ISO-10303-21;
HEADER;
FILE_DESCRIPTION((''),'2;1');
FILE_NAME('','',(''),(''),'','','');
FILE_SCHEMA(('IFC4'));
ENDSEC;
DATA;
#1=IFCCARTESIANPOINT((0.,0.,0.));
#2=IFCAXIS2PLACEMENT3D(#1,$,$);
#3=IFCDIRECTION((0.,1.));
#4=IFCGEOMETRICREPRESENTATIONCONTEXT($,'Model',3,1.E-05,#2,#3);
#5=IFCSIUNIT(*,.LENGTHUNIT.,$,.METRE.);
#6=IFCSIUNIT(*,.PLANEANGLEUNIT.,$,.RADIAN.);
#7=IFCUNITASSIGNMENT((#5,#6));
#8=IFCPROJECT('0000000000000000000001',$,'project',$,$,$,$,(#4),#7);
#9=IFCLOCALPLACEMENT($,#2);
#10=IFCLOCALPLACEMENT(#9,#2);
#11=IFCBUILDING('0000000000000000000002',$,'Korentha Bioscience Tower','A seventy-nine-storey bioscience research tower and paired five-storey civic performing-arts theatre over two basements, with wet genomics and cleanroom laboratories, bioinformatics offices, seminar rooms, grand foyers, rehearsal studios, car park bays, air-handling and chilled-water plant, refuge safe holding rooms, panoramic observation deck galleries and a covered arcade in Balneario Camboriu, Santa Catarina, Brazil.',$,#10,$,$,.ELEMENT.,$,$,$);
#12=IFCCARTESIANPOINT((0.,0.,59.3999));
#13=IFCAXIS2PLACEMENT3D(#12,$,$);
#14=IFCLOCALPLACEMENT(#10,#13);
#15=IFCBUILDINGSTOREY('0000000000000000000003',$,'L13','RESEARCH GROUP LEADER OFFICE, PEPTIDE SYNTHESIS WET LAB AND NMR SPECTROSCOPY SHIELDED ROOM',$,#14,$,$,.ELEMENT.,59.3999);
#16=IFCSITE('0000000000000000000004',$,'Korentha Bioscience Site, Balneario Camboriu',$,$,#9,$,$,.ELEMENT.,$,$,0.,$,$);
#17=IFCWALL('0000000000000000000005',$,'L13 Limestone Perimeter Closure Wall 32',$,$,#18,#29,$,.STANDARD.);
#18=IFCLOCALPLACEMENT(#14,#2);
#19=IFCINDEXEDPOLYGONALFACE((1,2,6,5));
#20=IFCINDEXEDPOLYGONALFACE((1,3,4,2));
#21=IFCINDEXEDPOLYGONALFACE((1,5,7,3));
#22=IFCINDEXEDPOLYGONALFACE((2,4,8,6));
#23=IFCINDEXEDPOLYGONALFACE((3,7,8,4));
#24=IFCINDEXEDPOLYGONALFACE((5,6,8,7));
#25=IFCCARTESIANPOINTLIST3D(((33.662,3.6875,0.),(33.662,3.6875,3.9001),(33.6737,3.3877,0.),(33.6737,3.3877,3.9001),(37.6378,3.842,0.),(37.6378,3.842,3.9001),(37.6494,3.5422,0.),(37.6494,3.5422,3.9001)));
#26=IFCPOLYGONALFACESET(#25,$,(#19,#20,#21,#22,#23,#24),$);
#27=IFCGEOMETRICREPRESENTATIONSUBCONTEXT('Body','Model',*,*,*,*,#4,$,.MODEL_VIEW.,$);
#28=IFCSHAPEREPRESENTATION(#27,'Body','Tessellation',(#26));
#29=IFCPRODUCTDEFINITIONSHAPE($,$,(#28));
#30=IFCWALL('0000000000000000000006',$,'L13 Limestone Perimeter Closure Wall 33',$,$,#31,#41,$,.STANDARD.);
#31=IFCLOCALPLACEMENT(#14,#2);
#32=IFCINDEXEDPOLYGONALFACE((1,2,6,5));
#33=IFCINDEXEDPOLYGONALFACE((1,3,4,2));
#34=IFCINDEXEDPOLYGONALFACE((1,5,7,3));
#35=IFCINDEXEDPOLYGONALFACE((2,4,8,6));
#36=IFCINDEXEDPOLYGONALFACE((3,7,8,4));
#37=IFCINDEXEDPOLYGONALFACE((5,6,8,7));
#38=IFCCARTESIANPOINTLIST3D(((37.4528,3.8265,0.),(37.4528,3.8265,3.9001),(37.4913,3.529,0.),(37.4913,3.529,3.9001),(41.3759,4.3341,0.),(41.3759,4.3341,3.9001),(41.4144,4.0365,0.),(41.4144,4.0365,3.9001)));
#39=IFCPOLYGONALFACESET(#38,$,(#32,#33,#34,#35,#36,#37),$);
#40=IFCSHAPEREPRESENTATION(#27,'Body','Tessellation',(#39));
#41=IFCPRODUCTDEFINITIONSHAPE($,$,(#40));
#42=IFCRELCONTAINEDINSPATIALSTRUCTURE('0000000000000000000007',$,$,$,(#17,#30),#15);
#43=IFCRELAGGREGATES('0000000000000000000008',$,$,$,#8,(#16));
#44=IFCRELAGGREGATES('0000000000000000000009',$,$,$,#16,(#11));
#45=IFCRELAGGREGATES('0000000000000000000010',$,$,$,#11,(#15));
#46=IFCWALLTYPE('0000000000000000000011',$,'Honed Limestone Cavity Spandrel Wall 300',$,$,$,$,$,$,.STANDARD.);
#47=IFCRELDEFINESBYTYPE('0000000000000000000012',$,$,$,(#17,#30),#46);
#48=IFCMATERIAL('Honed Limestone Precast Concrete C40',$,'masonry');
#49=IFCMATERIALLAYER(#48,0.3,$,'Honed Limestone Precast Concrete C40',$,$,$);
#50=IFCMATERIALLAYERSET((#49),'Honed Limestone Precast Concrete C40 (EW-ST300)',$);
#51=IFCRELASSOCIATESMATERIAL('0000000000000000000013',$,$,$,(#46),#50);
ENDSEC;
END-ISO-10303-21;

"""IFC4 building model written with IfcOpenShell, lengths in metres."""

from ifc_helpers import new_model, si_unit, direction, frame, frame_2d, origin, place, context, subcontext, project, spatial, rectangle, extrude, material, layer, layer_set, type_object, element, save


model = new_model("IFC4")

# Units and contexts
model_context = context("Model", 3, precision=1e-05, world=origin(), true_north=direction((0.0, 1.0)))
body_context = subcontext(model_context, "Body", "Model", "MODEL_VIEW")
ifc_project = project(units=[si_unit("LENGTHUNIT", "METRE"), si_unit("PLANEANGLEUNIT", "RADIAN")], contexts=[model_context])

# Site, building, storey
site_placement = place(None, origin())
site = spatial("IfcSite", under=ifc_project, at=site_placement, Name="Korentha Bioscience Site, Balneario Camboriu", CompositionType="ELEMENT", RefElevation=0.0)
building_placement = place(site_placement, origin())
building = spatial("IfcBuilding", under=site, at=building_placement, Name="Korentha Bioscience Tower", Description="A seventy-nine-storey bioscience research tower and paired five-storey civic performing-arts theatre over two basements, with wet genomics and cleanroom laboratories, bioinformatics offices, seminar rooms, grand foyers, rehearsal studios, car park bays, air-handling and chilled-water plant, refuge safe holding rooms, panoramic observation deck galleries and a covered arcade in Balneario Camboriu, Santa Catarina, Brazil.", CompositionType="ELEMENT")
storey_placement = place(building_placement, frame((0.0, 0.0, 59.3999)))
storey = spatial("IfcBuildingStorey", under=building, at=storey_placement, Name="L13", Description="RESEARCH GROUP LEADER OFFICE, PEPTIDE SYNTHESIS WET LAB AND NMR SPECTROSCOPY SHIELDED ROOM", CompositionType="ELEMENT", Elevation=59.3999)

# Walls
ifc_material_1 = material(Name="Honed Limestone Precast Concrete C40", Category="masonry")
ifc_layer_1 = layer(ifc_material_1, 0.3, Name="Honed Limestone Precast Concrete C40")
ifc_layer_set_1 = layer_set([ifc_layer_1], Name="Honed Limestone Precast Concrete C40 (EW-ST300)")
wall_type_1 = type_object("IfcWallType", Name="Honed Limestone Cavity Spandrel Wall 300", PredefinedType="STANDARD", material=ifc_layer_set_1)
wall_1_placement = place(storey_placement, frame((33.668, 3.5376, 0.0), z_axis=(0.0, 0.0, 1.0), x_axis=(0.999245, 0.038841, 0.0)))
element("IfcWall", 1, at=wall_1_placement, inside=storey, type_object=wall_type_1, Name="L13 Limestone Perimeter Closure Wall 32", PredefinedType="STANDARD", context=body_context, shape_type="SweptSolid", body=[
    extrude(rectangle(XDim=3.9788, YDim=0.3, at=frame_2d((1.9893, 0.0))), origin(), (0.0, 0.0, 1.0), 3.9001),
])
wall_2_placement = place(storey_placement, frame((37.4719, 3.6777, 0.0), z_axis=(0.0, 0.0, 1.0), x_axis=(0.991734, 0.12831, 0.0)))
element("IfcWall", 2, at=wall_2_placement, inside=storey, type_object=wall_type_1, Name="L13 Limestone Perimeter Closure Wall 33", PredefinedType="STANDARD", context=body_context, shape_type="SweptSolid", body=[
    extrude(rectangle(XDim=3.9558, YDim=0.3, at=frame_2d((1.978, 0.0))), origin(), (0.0, 0.0, 1.0), 3.9001),
])

save(model, "model.ifc")
